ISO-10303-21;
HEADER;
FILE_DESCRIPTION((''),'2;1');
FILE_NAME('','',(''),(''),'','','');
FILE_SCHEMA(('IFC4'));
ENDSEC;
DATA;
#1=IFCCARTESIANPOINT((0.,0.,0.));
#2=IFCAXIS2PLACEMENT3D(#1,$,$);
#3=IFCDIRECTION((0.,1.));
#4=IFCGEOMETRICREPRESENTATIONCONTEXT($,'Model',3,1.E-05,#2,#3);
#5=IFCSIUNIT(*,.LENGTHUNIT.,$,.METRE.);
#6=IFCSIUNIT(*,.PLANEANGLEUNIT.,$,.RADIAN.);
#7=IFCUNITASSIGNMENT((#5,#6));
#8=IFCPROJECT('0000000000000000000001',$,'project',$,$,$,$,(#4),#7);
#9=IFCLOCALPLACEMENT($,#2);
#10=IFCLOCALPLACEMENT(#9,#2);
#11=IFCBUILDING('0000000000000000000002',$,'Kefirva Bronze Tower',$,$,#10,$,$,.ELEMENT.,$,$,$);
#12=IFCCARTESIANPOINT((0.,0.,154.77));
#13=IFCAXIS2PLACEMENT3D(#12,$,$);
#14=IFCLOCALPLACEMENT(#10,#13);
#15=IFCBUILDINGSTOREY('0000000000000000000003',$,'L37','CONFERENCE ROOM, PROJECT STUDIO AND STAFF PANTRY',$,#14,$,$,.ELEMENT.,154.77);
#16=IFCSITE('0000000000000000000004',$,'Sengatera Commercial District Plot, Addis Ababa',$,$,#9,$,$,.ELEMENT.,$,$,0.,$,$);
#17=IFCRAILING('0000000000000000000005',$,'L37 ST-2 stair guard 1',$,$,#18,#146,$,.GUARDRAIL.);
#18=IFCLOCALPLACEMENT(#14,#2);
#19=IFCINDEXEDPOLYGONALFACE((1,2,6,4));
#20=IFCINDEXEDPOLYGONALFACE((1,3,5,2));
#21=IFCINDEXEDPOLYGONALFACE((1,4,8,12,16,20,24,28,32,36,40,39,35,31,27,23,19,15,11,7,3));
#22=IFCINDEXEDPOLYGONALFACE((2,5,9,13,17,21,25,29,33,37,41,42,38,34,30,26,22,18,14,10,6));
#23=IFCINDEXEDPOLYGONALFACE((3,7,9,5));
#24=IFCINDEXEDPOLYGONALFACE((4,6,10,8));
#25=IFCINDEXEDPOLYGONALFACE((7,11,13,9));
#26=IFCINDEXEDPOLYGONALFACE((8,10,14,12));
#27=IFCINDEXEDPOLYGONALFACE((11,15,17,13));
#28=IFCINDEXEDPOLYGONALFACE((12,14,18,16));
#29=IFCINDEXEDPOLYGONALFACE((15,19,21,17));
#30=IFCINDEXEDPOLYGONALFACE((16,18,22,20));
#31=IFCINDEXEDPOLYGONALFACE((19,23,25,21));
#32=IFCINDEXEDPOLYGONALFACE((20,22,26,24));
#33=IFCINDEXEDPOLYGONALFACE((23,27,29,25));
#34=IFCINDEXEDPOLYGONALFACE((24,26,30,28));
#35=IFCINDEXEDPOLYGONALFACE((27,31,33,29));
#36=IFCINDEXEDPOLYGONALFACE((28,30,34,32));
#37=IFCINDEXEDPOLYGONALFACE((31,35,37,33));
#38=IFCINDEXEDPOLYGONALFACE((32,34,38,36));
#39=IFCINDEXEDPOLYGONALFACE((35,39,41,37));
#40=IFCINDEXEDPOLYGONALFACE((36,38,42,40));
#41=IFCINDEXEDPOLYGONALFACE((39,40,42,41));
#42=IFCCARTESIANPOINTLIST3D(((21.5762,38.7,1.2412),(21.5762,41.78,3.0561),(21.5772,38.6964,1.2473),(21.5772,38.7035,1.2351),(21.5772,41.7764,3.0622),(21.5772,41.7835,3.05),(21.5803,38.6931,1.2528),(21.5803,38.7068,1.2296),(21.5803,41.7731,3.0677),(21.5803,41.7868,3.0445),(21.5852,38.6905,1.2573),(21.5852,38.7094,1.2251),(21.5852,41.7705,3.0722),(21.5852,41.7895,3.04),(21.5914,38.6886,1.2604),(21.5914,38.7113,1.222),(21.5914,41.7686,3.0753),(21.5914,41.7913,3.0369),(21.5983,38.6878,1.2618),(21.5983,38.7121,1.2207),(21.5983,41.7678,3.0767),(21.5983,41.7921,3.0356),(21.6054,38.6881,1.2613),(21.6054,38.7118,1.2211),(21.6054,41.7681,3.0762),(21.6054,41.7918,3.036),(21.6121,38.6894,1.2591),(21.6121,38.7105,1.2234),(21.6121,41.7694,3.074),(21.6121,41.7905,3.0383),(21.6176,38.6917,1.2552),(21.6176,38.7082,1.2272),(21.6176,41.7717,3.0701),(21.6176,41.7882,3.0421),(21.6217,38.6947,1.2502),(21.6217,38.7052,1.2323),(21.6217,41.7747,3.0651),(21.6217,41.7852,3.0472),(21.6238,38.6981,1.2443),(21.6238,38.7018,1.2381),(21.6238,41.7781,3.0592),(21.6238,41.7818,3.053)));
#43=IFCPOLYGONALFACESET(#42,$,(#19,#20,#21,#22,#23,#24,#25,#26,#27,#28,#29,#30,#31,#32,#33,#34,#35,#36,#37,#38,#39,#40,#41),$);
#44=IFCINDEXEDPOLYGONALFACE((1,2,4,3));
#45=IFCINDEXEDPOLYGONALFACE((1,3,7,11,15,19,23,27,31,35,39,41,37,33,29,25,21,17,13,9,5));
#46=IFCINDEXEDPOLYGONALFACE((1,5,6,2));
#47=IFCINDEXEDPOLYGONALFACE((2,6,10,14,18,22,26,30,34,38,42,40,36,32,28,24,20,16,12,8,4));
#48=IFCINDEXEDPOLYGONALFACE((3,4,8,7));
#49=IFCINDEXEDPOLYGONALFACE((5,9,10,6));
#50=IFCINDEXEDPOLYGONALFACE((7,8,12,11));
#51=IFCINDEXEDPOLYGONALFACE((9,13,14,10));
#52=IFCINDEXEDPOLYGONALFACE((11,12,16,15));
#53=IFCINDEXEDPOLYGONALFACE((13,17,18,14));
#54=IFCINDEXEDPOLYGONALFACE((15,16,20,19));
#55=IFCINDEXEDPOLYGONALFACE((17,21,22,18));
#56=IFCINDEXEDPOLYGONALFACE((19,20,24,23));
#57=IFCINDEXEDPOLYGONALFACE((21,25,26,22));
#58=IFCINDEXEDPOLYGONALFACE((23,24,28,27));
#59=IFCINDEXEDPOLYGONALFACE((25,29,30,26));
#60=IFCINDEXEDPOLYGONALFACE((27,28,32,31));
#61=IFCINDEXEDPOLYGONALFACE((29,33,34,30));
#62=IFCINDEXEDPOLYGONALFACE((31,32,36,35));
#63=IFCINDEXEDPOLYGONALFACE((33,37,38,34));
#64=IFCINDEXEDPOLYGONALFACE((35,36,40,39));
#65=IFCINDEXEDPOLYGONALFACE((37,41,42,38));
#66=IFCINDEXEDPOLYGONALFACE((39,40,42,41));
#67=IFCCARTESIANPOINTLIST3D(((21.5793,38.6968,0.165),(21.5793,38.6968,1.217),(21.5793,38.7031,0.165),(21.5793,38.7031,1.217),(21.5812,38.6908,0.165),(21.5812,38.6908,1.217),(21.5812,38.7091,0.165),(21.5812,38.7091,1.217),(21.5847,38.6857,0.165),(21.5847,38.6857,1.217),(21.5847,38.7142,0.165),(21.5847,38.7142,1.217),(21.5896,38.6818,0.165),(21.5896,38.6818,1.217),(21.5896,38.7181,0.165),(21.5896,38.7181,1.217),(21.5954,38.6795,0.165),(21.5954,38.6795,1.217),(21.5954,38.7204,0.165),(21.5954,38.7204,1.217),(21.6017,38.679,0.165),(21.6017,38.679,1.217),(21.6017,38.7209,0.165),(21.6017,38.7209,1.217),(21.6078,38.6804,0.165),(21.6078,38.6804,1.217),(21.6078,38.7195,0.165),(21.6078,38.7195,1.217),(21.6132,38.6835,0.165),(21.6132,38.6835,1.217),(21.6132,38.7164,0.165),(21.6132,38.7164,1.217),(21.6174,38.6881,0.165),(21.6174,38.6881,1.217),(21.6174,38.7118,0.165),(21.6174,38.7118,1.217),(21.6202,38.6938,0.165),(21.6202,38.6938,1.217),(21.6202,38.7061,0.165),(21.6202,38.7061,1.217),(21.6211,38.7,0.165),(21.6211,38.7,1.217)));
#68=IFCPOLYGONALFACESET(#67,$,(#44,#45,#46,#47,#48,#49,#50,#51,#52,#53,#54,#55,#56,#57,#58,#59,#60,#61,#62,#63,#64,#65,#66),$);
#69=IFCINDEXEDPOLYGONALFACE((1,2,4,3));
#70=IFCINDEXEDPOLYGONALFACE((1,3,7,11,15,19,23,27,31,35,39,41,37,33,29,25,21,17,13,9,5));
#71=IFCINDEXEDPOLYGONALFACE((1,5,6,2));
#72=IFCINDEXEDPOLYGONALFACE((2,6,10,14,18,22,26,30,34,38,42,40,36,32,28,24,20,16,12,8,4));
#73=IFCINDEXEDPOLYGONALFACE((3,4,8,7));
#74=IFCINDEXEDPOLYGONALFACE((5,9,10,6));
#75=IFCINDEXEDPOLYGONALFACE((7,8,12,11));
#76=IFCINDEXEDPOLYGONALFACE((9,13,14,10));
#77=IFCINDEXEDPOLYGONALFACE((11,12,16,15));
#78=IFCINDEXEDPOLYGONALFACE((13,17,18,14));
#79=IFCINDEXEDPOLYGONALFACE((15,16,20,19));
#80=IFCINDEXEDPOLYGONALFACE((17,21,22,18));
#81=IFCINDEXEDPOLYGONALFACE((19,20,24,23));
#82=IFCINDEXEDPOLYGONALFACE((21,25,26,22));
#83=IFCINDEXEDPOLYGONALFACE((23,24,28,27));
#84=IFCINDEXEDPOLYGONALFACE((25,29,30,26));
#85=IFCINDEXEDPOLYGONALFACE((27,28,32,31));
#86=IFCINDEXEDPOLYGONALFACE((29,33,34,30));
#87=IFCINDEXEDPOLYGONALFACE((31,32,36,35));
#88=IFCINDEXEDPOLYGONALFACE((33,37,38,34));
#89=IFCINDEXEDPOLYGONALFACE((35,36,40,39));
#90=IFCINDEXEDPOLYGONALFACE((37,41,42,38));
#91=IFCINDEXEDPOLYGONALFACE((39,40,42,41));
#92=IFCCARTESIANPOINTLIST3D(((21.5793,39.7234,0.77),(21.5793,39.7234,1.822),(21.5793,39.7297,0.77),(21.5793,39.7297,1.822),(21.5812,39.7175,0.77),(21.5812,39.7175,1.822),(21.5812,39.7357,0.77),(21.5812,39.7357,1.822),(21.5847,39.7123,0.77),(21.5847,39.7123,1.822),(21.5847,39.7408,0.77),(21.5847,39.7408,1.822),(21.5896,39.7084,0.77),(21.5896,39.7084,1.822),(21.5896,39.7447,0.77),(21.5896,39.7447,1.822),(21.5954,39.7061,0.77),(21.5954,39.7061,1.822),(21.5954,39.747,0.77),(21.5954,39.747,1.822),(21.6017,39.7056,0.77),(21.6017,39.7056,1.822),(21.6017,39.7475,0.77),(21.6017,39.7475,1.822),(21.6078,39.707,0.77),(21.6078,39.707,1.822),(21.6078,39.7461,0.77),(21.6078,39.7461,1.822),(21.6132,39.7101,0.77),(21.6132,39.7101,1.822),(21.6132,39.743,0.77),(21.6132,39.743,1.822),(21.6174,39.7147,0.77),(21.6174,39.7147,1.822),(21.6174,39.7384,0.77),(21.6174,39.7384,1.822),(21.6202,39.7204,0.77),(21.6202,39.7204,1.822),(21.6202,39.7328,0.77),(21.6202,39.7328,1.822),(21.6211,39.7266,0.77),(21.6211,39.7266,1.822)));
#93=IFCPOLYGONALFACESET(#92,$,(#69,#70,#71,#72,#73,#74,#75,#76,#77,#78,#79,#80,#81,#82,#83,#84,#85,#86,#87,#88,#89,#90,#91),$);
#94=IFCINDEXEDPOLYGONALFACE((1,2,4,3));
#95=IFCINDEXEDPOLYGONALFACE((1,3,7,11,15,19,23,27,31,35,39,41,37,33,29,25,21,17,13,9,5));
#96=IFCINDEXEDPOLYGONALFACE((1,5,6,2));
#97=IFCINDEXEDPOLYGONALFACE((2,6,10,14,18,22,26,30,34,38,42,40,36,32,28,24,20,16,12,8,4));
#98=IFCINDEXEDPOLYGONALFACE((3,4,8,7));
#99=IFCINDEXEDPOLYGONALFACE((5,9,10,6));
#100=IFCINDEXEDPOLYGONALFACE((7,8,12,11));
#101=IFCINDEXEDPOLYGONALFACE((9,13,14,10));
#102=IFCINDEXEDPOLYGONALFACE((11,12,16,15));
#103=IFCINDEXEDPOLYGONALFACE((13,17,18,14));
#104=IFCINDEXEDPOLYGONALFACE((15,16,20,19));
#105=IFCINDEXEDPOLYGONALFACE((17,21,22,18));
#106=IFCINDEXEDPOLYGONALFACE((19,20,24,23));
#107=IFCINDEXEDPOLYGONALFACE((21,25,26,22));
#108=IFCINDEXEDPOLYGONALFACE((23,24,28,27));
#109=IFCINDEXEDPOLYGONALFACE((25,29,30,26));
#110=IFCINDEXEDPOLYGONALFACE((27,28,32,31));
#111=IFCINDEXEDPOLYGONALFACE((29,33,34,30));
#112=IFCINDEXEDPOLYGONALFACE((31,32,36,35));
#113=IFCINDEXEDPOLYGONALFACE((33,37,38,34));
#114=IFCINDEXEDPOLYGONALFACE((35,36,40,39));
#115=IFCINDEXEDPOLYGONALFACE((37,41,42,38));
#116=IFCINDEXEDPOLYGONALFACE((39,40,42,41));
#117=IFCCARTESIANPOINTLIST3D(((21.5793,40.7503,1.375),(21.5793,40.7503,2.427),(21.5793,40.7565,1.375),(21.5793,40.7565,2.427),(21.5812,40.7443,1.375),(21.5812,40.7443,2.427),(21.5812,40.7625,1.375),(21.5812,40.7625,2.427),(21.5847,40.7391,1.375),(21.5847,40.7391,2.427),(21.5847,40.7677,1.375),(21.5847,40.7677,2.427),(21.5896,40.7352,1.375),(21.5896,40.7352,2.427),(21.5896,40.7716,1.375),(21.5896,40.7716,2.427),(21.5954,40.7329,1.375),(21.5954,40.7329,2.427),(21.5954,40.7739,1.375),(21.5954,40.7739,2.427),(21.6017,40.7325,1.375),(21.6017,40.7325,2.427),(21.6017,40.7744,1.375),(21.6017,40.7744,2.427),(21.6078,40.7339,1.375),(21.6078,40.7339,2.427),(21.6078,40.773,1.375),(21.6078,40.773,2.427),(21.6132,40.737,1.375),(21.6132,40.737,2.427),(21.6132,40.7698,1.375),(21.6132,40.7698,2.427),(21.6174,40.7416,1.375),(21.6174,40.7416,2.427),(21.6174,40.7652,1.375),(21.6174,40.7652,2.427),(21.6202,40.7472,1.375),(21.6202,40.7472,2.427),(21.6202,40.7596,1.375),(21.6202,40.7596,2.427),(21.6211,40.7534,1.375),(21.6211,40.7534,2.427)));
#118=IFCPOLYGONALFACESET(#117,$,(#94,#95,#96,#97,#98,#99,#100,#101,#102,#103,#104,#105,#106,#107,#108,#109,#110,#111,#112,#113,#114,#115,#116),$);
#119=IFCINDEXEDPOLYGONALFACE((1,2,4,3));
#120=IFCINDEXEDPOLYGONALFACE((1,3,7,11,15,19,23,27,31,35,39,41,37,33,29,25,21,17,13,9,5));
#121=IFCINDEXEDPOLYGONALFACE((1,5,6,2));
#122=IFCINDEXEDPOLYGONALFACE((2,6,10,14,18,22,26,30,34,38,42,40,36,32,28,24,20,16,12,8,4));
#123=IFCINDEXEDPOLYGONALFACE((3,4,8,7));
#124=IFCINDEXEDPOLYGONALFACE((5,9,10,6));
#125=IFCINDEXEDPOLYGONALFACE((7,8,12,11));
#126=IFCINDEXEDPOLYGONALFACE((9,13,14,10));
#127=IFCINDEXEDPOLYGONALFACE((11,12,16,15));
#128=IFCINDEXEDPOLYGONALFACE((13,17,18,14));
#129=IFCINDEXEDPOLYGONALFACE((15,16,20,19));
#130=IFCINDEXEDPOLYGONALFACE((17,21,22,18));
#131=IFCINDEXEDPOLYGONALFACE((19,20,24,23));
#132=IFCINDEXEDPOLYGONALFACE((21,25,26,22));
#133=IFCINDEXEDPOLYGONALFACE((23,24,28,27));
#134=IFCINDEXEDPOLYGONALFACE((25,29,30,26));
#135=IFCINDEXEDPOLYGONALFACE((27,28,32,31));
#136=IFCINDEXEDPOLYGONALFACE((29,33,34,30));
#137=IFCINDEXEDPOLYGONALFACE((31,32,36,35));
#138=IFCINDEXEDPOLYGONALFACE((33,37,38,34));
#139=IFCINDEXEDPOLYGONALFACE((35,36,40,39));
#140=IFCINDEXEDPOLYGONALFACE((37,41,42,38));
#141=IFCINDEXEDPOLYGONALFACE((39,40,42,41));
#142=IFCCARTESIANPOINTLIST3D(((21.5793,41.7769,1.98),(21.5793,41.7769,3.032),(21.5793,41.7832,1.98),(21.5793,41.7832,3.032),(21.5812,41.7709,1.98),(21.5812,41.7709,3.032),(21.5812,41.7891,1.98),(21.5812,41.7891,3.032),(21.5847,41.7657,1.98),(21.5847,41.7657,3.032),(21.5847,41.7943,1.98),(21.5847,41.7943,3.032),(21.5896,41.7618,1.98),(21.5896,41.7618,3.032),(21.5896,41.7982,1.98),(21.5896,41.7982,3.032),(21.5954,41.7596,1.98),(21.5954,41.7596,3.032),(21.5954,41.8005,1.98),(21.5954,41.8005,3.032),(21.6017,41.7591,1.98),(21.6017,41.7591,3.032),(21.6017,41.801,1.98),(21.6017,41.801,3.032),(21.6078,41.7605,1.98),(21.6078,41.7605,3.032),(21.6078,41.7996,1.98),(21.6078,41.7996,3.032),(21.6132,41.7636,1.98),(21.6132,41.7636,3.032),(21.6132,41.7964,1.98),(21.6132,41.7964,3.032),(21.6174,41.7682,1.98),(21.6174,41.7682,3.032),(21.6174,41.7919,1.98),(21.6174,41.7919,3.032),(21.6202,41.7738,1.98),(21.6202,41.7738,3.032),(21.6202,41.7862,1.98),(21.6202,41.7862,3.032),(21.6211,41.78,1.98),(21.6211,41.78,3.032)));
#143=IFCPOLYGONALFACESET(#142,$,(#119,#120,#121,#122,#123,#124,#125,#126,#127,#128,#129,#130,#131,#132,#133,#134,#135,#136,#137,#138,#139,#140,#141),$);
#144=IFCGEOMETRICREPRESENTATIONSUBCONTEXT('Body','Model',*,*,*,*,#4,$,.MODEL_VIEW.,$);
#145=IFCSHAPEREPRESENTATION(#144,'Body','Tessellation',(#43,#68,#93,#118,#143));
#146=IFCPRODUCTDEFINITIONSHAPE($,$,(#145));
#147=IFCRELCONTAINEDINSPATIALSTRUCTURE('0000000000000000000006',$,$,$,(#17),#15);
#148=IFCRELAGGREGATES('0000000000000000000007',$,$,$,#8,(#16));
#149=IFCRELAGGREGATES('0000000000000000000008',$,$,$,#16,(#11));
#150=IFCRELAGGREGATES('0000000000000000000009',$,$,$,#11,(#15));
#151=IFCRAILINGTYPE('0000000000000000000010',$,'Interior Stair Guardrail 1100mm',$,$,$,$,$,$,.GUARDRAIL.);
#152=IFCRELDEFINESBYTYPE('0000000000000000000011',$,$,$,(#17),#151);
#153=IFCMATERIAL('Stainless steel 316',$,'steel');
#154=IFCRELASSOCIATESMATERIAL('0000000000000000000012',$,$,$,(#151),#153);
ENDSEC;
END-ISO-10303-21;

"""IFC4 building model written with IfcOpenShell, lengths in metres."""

from ifc_helpers import new_model, si_unit, direction, frame, origin, origin_2d, place, context, subcontext, project, spatial, circle, extrude, material, type_object, element, save


model = new_model("IFC4")

# Units and contexts
model_context = context("Model", 3, precision=1e-05, world=origin(), true_north=direction((0.0, 1.0)))
body_context = subcontext(model_context, "Body", "Model", "MODEL_VIEW")
ifc_project = project(units=[si_unit("LENGTHUNIT", "METRE"), si_unit("PLANEANGLEUNIT", "RADIAN")], contexts=[model_context])

# Site, building, storey
site_placement = place(None, origin())
site = spatial("IfcSite", under=ifc_project, at=site_placement, Name="Sengatera Commercial District Plot, Addis Ababa", CompositionType="ELEMENT", RefElevation=0.0)
building_placement = place(site_placement, origin())
building = spatial("IfcBuilding", under=site, at=building_placement, Name="Kefirva Bronze Tower", CompositionType="ELEMENT")
storey_placement = place(building_placement, frame((0.0, 0.0, 154.77)))
storey = spatial("IfcBuildingStorey", under=building, at=storey_placement, Name="L37", Description="CONFERENCE ROOM, PROJECT STUDIO AND STAFF PANTRY", CompositionType="ELEMENT", Elevation=154.77)

# Railing
ifc_material_1 = material(Name="Stainless steel 316", Category="steel")
railing_type_1 = type_object("IfcRailingType", Name="Interior Stair Guardrail 1100mm", PredefinedType="GUARDRAIL", material=ifc_material_1)
railing_1_placement = place(storey_placement, frame((21.6001, 38.7, 0.165)))
element("IfcRailing", 1, at=railing_1_placement, inside=storey, type_object=railing_type_1, Name="L37 ST-2 stair guard 1", PredefinedType="GUARDRAIL", context=body_context, shape_type="SweptSolid", body=[
    extrude(circle(Radius=0.0239, at=origin_2d()), frame((0.0, 0.0, 1.0762), z_axis=(0.0, 0.861551, 0.507671), x_axis=(-1.0, 0.0, 0.0)), (0.0, 0.0, 1.0), 3.575),
    extrude(circle(Radius=0.021, at=origin_2d()), origin(), (0.0, 0.0, 1.0), 1.052),
    extrude(circle(Radius=0.021, at=origin_2d()), frame((0.0, 1.0266, 0.605)), (0.0, 0.0, 1.0), 1.052),
    extrude(circle(Radius=0.021, at=origin_2d()), frame((0.0, 2.0535, 1.21)), (0.0, 0.0, 1.0), 1.052),
    extrude(circle(Radius=0.021, at=origin_2d()), frame((0.0, 3.0801, 1.8149)), (0.0, 0.0, 1.0), 1.052),
])

save(model, "model.ifc")
